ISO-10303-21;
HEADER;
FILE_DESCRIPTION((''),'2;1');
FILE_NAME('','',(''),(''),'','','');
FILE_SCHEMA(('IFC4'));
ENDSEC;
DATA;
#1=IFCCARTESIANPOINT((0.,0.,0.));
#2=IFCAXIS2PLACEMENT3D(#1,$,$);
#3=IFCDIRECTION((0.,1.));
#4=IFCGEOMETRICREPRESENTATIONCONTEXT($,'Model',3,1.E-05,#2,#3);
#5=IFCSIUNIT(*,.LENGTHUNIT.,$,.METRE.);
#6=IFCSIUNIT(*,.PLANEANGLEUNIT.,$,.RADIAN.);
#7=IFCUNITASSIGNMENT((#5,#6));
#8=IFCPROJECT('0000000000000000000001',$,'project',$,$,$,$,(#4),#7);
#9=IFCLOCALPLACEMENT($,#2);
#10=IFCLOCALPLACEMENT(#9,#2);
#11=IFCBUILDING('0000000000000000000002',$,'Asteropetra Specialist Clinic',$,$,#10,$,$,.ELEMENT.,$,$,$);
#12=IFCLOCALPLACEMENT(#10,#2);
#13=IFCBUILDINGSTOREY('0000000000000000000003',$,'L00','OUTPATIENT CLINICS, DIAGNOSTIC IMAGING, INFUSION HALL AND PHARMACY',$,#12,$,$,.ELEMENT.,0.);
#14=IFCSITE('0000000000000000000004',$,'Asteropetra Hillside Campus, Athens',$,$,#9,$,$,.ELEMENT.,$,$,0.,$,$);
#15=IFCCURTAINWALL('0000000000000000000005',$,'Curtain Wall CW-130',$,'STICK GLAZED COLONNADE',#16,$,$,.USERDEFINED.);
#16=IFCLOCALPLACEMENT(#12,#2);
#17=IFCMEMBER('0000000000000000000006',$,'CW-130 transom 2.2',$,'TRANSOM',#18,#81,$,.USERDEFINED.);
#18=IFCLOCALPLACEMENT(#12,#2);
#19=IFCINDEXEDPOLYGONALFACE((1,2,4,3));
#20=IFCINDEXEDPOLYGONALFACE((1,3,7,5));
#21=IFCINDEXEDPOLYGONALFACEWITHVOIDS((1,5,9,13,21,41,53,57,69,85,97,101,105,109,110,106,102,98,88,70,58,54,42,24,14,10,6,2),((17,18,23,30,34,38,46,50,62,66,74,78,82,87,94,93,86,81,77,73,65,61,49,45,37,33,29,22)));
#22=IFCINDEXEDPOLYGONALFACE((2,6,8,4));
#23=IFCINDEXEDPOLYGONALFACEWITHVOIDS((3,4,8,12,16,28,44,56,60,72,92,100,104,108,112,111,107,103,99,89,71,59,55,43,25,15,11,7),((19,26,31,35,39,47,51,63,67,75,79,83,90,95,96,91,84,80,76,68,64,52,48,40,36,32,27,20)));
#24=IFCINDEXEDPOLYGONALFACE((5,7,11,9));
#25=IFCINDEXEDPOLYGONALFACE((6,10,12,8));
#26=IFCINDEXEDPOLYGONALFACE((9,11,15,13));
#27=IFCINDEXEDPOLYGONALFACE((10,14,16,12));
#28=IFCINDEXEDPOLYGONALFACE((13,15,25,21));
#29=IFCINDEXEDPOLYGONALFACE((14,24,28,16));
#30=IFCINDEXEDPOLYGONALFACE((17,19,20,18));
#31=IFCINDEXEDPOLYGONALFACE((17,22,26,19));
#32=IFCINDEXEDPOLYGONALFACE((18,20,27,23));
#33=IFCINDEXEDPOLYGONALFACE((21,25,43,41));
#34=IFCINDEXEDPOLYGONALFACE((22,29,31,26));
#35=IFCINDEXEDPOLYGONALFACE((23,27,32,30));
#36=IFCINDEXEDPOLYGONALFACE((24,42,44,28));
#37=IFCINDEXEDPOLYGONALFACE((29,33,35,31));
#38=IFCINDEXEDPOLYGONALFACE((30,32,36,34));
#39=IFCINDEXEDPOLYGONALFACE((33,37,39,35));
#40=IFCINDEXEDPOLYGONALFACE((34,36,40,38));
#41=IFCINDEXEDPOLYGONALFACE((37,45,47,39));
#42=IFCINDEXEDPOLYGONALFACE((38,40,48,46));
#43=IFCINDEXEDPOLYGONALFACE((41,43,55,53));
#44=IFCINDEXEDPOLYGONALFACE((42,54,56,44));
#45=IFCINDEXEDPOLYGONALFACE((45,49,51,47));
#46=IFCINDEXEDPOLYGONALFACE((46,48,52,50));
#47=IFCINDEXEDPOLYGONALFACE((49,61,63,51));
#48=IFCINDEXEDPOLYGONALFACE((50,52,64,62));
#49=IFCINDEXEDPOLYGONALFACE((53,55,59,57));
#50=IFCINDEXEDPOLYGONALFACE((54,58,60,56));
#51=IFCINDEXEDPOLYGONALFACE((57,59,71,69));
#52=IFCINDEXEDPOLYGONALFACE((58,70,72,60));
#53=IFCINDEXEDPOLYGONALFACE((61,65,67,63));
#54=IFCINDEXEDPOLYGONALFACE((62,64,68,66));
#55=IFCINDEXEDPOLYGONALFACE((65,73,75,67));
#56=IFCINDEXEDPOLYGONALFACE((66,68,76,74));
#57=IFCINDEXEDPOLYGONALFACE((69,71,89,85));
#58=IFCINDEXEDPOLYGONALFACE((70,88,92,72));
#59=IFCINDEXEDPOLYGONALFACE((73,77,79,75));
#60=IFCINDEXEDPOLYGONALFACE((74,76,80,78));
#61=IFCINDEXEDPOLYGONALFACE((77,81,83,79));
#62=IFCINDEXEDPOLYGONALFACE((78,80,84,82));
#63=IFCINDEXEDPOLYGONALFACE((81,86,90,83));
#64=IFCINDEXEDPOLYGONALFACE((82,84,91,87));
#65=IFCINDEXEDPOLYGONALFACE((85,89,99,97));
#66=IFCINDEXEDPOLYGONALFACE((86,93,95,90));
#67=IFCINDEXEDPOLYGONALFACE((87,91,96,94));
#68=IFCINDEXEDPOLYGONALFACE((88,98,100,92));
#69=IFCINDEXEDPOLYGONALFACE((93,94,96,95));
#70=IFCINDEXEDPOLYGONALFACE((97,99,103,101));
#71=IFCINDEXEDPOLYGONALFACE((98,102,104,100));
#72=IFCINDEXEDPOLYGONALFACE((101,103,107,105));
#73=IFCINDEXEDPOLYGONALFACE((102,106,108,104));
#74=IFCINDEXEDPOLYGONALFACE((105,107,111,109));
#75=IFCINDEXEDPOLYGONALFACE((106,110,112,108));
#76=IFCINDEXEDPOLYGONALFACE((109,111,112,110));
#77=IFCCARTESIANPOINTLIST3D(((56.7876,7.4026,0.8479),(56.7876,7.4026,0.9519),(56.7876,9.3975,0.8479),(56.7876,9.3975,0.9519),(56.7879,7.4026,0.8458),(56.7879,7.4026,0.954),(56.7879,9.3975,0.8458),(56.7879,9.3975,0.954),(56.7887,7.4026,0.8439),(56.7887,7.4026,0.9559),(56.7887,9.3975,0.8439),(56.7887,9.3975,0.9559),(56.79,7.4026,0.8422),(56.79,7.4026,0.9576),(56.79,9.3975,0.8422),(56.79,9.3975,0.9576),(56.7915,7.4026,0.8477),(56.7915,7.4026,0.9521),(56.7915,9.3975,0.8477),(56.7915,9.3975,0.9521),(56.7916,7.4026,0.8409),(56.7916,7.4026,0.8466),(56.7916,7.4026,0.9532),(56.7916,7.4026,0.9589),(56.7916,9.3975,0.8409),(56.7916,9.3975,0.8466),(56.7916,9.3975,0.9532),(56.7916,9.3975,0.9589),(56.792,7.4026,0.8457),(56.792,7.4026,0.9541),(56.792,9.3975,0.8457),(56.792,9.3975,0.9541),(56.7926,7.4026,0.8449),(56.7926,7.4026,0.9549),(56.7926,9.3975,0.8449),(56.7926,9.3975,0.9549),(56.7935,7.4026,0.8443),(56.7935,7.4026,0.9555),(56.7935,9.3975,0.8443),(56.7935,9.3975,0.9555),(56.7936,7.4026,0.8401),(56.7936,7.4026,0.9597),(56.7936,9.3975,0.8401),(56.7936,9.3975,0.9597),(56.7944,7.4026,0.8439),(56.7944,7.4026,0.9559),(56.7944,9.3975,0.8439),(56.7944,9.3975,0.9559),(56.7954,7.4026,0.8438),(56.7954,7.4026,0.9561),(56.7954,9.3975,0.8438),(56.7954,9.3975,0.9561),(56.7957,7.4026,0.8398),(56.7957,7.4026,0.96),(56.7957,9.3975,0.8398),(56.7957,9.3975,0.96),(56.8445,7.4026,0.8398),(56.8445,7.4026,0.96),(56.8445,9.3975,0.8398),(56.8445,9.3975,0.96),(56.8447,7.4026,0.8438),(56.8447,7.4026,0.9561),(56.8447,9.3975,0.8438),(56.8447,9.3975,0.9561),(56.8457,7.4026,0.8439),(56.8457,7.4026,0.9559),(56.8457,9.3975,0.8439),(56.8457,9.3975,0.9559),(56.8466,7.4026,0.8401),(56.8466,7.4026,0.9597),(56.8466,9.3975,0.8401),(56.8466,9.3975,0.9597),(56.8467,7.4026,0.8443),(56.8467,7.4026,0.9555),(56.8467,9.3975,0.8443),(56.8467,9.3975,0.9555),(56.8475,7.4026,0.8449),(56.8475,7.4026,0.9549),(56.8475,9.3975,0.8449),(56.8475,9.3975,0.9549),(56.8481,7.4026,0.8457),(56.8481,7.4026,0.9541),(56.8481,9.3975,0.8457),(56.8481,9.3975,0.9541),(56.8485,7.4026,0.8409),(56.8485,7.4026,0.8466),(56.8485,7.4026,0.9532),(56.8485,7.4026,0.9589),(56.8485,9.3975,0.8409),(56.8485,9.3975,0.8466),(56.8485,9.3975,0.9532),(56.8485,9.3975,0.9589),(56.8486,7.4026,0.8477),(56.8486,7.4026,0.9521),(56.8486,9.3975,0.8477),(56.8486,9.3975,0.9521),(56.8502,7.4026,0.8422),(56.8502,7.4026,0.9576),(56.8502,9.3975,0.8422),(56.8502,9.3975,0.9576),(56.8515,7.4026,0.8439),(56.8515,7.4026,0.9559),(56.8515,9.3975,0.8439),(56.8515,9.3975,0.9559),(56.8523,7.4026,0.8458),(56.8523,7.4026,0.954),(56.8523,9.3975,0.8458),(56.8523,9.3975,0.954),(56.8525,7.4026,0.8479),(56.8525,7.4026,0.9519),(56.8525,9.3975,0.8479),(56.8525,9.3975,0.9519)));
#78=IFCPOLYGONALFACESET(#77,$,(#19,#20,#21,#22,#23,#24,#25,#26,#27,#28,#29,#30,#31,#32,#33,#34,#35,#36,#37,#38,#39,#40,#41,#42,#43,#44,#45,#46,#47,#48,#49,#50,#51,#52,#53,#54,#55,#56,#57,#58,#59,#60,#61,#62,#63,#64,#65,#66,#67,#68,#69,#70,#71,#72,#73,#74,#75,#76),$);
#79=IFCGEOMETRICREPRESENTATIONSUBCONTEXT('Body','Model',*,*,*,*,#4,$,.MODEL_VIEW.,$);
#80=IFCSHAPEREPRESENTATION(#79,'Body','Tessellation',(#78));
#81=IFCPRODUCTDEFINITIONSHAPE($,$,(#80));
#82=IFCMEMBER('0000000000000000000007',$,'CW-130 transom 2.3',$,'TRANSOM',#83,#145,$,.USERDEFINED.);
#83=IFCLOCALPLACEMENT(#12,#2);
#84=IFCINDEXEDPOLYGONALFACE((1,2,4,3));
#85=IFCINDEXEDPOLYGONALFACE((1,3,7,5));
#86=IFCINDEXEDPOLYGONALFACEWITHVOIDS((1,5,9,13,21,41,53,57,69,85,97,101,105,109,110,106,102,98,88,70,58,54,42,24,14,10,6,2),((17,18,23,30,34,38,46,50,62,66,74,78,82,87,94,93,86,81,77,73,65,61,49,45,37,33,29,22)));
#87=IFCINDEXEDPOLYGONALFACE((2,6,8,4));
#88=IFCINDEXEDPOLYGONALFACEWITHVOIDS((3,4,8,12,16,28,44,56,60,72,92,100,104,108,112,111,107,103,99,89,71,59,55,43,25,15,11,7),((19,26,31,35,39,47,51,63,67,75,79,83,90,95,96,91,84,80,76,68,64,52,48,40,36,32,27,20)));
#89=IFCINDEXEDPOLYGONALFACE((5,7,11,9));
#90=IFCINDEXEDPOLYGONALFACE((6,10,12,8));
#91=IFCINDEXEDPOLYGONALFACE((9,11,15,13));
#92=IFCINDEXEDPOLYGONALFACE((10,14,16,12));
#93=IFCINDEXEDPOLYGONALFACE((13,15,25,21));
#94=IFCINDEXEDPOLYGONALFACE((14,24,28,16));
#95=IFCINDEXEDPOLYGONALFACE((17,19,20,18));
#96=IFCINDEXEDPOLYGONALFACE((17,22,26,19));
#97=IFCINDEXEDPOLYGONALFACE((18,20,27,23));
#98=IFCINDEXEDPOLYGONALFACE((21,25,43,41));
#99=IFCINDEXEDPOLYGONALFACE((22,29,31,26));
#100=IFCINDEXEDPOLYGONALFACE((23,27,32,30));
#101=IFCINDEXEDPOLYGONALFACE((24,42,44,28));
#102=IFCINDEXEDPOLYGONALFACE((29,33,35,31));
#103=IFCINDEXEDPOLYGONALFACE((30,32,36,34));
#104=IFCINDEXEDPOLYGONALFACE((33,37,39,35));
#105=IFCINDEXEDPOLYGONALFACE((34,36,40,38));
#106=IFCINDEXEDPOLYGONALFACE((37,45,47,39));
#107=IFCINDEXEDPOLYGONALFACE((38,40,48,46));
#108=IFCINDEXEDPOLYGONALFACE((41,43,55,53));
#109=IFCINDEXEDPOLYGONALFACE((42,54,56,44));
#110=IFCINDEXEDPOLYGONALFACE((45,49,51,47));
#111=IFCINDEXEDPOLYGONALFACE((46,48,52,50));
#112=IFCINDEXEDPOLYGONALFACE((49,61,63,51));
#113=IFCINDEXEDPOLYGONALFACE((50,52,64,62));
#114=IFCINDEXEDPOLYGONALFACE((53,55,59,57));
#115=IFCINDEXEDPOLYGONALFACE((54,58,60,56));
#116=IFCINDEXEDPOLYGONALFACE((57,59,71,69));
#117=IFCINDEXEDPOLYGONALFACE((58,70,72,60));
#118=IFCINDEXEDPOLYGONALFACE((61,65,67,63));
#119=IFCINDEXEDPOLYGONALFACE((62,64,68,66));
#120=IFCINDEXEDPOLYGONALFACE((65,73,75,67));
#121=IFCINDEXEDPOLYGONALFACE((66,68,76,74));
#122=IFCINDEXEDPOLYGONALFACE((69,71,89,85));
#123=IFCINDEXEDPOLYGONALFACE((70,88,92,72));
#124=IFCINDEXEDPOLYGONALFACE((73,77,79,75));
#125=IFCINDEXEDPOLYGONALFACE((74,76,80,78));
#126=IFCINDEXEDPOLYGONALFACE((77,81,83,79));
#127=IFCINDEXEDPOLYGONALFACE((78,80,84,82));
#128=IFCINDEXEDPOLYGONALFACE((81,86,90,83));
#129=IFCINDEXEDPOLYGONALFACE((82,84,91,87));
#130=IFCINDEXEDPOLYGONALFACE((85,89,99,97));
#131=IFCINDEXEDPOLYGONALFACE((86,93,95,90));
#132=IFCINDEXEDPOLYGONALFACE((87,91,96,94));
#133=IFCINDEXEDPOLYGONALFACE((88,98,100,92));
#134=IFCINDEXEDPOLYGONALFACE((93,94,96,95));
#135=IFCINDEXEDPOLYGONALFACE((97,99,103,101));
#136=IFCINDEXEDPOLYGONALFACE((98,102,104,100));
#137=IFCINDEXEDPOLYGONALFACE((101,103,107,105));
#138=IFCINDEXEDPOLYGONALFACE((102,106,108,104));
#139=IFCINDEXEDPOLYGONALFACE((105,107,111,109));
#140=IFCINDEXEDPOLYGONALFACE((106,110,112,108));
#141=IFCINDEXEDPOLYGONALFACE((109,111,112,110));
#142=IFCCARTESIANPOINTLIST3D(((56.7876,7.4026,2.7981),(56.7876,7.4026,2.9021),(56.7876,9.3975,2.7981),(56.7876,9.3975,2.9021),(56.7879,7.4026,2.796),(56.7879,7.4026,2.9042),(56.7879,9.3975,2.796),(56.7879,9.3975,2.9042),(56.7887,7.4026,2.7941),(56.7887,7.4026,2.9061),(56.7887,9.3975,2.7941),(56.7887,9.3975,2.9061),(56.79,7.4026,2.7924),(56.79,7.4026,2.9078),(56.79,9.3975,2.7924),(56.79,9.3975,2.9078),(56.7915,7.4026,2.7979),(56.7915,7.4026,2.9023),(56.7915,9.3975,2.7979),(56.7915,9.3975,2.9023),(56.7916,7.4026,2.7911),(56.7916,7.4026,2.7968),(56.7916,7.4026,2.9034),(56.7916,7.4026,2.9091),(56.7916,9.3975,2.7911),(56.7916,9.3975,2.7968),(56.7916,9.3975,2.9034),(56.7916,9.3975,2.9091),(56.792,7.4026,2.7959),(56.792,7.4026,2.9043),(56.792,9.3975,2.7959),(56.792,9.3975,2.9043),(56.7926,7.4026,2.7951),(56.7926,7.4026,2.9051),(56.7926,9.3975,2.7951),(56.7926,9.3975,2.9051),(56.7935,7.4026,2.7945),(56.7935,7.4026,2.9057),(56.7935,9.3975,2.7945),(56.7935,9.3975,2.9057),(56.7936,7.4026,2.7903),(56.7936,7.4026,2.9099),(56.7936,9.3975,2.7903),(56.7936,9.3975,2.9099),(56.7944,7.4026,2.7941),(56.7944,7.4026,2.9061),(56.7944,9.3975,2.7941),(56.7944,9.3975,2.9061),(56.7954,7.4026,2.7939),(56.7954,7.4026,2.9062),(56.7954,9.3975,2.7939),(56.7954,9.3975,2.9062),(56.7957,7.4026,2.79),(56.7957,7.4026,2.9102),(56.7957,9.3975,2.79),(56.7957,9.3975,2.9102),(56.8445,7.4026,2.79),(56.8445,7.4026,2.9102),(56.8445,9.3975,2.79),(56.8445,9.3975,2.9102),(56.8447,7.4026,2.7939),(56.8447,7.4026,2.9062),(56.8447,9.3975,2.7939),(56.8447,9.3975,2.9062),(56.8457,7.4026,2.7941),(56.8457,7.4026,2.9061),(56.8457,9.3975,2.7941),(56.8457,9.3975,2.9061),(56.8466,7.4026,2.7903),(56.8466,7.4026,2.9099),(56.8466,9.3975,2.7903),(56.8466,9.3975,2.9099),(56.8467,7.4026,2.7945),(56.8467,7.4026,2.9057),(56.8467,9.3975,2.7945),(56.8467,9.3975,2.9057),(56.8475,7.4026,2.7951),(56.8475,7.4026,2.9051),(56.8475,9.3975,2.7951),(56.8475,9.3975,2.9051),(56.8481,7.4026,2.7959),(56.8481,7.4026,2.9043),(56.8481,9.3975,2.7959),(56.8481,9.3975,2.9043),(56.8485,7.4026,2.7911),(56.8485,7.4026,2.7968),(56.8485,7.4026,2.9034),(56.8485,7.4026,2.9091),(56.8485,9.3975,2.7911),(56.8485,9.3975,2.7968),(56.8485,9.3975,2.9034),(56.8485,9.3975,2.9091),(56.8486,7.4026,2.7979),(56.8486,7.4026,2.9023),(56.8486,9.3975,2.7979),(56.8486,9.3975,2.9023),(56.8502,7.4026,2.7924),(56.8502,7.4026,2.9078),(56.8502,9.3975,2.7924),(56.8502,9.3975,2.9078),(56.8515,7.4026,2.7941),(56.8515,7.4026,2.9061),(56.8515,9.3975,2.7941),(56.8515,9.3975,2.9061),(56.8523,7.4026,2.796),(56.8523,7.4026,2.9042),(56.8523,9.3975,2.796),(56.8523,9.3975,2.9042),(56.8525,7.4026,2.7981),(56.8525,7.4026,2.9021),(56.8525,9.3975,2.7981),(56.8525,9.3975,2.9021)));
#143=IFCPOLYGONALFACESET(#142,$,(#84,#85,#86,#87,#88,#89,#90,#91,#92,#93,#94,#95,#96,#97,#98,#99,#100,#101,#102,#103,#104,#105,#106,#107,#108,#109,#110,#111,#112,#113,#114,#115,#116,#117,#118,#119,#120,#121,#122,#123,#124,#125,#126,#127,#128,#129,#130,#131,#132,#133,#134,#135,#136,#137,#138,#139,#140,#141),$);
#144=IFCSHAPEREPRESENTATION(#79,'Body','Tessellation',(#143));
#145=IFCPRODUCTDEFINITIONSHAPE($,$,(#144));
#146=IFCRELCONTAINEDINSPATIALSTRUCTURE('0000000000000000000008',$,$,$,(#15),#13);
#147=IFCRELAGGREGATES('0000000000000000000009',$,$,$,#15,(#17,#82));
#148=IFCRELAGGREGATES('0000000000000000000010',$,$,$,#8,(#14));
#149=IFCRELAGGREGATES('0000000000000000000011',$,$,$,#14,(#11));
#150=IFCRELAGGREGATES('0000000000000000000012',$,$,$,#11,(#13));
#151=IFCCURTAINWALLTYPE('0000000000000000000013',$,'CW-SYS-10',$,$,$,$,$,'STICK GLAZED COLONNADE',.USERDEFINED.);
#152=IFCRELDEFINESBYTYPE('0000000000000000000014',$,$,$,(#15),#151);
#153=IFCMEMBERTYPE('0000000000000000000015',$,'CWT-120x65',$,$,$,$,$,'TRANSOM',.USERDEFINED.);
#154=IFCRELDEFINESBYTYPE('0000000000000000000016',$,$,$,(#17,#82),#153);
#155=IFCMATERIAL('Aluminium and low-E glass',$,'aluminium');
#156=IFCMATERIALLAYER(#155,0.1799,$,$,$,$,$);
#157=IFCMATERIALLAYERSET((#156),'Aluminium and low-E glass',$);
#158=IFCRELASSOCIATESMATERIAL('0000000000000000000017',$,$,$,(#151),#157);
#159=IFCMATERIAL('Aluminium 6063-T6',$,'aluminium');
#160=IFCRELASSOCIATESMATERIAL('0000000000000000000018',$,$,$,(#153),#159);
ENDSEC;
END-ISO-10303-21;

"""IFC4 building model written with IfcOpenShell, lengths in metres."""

from ifc_helpers import new_model, si_unit, direction, frame, origin, origin_2d, place, context, subcontext, project, spatial, hollow_rectangle, extrude, material, layer, layer_set, material_profile, profile_set, type_object, element, aggregate, save


model = new_model("IFC4")

# Units and contexts
model_context = context("Model", 3, precision=1e-05, world=origin(), true_north=direction((0.0, 1.0)))
body_context = subcontext(model_context, "Body", "Model", "MODEL_VIEW")
ifc_project = project(units=[si_unit("LENGTHUNIT", "METRE"), si_unit("PLANEANGLEUNIT", "RADIAN")], contexts=[model_context])

# Site, building, storey
site_placement = place(None, origin())
site = spatial("IfcSite", under=ifc_project, at=site_placement, Name="Asteropetra Hillside Campus, Athens", CompositionType="ELEMENT", RefElevation=0.0)
building_placement = place(site_placement, origin())
building = spatial("IfcBuilding", under=site, at=building_placement, Name="Asteropetra Specialist Clinic", CompositionType="ELEMENT")
storey_placement = place(building_placement, origin())
storey = spatial("IfcBuildingStorey", under=building, at=storey_placement, Name="L00", Description="OUTPATIENT CLINICS, DIAGNOSTIC IMAGING, INFUSION HALL AND PHARMACY", CompositionType="ELEMENT", Elevation=0.0)

# Curtain wall, members
ifc_material_1 = material(Name="Aluminium and low-E glass", Category="aluminium")
ifc_layer_1 = layer(ifc_material_1, 0.1799)
ifc_layer_set_1 = layer_set([ifc_layer_1], Name="Aluminium and low-E glass")
curtain_wall_type = type_object("IfcCurtainWallType", Name="CW-SYS-10", ElementType="STICK GLAZED COLONNADE", PredefinedType="USERDEFINED", material=ifc_layer_set_1)
curtain_wall_placement = place(storey_placement, origin())
curtain_wall = element("IfcCurtainWall", 1, at=curtain_wall_placement, inside=storey, type_object=curtain_wall_type, Name="Curtain Wall CW-130", ObjectType="STICK GLAZED COLONNADE", PredefinedType="USERDEFINED")
ifc_material_2 = material(Name="Aluminium 6063-T6", Category="aluminium")
ifc_material_profile_1 = material_profile(ifc_material_2, hollow_rectangle(XDim=0.0649, YDim=0.1201, WallThickness=0.0039, InnerFilletRadius=0.0039, OuterFilletRadius=0.0081, at=origin_2d()), Name="TRN 120x65x4.0")
ifc_profile_set_1 = profile_set([ifc_material_profile_1], Name="Aluminium 6063-T6")
member_type_1 = type_object("IfcMemberType", Name="CWT-120x65", ElementType="TRANSOM", PredefinedType="USERDEFINED", material=ifc_profile_set_1)
member_1_placement = place(storey_placement, frame((56.8201, 7.4026, 0.8999), z_axis=(0.0, 1.0, 0.0), x_axis=(-1.0, 0.0, 0.0)))
member_1 = element("IfcMember", 2, at=member_1_placement, type_object=member_type_1, Name="CW-130 transom 2.2", ObjectType="TRANSOM", PredefinedType="USERDEFINED", context=body_context, shape_type="SweptSolid", body=[
    extrude(hollow_rectangle(XDim=0.0649, YDim=0.1201, WallThickness=0.0039, InnerFilletRadius=0.0039, OuterFilletRadius=0.0081, at=origin_2d()), origin(), (0.0, 0.0, 1.0), 1.9949),
])
member_2_placement = place(storey_placement, frame((56.8201, 7.4026, 2.8501), z_axis=(0.0, 1.0, 0.0), x_axis=(-1.0, 0.0, 0.0)))
member_2 = element("IfcMember", 3, at=member_2_placement, type_object=member_type_1, Name="CW-130 transom 2.3", ObjectType="TRANSOM", PredefinedType="USERDEFINED", context=body_context, shape_type="SweptSolid", body=[
    extrude(hollow_rectangle(XDim=0.0649, YDim=0.1201, WallThickness=0.0039, InnerFilletRadius=0.0039, OuterFilletRadius=0.0081, at=origin_2d()), origin(), (0.0, 0.0, 1.0), 1.9949),
])
aggregate(curtain_wall, [member_1, member_2])

save(model, "model.ifc")
